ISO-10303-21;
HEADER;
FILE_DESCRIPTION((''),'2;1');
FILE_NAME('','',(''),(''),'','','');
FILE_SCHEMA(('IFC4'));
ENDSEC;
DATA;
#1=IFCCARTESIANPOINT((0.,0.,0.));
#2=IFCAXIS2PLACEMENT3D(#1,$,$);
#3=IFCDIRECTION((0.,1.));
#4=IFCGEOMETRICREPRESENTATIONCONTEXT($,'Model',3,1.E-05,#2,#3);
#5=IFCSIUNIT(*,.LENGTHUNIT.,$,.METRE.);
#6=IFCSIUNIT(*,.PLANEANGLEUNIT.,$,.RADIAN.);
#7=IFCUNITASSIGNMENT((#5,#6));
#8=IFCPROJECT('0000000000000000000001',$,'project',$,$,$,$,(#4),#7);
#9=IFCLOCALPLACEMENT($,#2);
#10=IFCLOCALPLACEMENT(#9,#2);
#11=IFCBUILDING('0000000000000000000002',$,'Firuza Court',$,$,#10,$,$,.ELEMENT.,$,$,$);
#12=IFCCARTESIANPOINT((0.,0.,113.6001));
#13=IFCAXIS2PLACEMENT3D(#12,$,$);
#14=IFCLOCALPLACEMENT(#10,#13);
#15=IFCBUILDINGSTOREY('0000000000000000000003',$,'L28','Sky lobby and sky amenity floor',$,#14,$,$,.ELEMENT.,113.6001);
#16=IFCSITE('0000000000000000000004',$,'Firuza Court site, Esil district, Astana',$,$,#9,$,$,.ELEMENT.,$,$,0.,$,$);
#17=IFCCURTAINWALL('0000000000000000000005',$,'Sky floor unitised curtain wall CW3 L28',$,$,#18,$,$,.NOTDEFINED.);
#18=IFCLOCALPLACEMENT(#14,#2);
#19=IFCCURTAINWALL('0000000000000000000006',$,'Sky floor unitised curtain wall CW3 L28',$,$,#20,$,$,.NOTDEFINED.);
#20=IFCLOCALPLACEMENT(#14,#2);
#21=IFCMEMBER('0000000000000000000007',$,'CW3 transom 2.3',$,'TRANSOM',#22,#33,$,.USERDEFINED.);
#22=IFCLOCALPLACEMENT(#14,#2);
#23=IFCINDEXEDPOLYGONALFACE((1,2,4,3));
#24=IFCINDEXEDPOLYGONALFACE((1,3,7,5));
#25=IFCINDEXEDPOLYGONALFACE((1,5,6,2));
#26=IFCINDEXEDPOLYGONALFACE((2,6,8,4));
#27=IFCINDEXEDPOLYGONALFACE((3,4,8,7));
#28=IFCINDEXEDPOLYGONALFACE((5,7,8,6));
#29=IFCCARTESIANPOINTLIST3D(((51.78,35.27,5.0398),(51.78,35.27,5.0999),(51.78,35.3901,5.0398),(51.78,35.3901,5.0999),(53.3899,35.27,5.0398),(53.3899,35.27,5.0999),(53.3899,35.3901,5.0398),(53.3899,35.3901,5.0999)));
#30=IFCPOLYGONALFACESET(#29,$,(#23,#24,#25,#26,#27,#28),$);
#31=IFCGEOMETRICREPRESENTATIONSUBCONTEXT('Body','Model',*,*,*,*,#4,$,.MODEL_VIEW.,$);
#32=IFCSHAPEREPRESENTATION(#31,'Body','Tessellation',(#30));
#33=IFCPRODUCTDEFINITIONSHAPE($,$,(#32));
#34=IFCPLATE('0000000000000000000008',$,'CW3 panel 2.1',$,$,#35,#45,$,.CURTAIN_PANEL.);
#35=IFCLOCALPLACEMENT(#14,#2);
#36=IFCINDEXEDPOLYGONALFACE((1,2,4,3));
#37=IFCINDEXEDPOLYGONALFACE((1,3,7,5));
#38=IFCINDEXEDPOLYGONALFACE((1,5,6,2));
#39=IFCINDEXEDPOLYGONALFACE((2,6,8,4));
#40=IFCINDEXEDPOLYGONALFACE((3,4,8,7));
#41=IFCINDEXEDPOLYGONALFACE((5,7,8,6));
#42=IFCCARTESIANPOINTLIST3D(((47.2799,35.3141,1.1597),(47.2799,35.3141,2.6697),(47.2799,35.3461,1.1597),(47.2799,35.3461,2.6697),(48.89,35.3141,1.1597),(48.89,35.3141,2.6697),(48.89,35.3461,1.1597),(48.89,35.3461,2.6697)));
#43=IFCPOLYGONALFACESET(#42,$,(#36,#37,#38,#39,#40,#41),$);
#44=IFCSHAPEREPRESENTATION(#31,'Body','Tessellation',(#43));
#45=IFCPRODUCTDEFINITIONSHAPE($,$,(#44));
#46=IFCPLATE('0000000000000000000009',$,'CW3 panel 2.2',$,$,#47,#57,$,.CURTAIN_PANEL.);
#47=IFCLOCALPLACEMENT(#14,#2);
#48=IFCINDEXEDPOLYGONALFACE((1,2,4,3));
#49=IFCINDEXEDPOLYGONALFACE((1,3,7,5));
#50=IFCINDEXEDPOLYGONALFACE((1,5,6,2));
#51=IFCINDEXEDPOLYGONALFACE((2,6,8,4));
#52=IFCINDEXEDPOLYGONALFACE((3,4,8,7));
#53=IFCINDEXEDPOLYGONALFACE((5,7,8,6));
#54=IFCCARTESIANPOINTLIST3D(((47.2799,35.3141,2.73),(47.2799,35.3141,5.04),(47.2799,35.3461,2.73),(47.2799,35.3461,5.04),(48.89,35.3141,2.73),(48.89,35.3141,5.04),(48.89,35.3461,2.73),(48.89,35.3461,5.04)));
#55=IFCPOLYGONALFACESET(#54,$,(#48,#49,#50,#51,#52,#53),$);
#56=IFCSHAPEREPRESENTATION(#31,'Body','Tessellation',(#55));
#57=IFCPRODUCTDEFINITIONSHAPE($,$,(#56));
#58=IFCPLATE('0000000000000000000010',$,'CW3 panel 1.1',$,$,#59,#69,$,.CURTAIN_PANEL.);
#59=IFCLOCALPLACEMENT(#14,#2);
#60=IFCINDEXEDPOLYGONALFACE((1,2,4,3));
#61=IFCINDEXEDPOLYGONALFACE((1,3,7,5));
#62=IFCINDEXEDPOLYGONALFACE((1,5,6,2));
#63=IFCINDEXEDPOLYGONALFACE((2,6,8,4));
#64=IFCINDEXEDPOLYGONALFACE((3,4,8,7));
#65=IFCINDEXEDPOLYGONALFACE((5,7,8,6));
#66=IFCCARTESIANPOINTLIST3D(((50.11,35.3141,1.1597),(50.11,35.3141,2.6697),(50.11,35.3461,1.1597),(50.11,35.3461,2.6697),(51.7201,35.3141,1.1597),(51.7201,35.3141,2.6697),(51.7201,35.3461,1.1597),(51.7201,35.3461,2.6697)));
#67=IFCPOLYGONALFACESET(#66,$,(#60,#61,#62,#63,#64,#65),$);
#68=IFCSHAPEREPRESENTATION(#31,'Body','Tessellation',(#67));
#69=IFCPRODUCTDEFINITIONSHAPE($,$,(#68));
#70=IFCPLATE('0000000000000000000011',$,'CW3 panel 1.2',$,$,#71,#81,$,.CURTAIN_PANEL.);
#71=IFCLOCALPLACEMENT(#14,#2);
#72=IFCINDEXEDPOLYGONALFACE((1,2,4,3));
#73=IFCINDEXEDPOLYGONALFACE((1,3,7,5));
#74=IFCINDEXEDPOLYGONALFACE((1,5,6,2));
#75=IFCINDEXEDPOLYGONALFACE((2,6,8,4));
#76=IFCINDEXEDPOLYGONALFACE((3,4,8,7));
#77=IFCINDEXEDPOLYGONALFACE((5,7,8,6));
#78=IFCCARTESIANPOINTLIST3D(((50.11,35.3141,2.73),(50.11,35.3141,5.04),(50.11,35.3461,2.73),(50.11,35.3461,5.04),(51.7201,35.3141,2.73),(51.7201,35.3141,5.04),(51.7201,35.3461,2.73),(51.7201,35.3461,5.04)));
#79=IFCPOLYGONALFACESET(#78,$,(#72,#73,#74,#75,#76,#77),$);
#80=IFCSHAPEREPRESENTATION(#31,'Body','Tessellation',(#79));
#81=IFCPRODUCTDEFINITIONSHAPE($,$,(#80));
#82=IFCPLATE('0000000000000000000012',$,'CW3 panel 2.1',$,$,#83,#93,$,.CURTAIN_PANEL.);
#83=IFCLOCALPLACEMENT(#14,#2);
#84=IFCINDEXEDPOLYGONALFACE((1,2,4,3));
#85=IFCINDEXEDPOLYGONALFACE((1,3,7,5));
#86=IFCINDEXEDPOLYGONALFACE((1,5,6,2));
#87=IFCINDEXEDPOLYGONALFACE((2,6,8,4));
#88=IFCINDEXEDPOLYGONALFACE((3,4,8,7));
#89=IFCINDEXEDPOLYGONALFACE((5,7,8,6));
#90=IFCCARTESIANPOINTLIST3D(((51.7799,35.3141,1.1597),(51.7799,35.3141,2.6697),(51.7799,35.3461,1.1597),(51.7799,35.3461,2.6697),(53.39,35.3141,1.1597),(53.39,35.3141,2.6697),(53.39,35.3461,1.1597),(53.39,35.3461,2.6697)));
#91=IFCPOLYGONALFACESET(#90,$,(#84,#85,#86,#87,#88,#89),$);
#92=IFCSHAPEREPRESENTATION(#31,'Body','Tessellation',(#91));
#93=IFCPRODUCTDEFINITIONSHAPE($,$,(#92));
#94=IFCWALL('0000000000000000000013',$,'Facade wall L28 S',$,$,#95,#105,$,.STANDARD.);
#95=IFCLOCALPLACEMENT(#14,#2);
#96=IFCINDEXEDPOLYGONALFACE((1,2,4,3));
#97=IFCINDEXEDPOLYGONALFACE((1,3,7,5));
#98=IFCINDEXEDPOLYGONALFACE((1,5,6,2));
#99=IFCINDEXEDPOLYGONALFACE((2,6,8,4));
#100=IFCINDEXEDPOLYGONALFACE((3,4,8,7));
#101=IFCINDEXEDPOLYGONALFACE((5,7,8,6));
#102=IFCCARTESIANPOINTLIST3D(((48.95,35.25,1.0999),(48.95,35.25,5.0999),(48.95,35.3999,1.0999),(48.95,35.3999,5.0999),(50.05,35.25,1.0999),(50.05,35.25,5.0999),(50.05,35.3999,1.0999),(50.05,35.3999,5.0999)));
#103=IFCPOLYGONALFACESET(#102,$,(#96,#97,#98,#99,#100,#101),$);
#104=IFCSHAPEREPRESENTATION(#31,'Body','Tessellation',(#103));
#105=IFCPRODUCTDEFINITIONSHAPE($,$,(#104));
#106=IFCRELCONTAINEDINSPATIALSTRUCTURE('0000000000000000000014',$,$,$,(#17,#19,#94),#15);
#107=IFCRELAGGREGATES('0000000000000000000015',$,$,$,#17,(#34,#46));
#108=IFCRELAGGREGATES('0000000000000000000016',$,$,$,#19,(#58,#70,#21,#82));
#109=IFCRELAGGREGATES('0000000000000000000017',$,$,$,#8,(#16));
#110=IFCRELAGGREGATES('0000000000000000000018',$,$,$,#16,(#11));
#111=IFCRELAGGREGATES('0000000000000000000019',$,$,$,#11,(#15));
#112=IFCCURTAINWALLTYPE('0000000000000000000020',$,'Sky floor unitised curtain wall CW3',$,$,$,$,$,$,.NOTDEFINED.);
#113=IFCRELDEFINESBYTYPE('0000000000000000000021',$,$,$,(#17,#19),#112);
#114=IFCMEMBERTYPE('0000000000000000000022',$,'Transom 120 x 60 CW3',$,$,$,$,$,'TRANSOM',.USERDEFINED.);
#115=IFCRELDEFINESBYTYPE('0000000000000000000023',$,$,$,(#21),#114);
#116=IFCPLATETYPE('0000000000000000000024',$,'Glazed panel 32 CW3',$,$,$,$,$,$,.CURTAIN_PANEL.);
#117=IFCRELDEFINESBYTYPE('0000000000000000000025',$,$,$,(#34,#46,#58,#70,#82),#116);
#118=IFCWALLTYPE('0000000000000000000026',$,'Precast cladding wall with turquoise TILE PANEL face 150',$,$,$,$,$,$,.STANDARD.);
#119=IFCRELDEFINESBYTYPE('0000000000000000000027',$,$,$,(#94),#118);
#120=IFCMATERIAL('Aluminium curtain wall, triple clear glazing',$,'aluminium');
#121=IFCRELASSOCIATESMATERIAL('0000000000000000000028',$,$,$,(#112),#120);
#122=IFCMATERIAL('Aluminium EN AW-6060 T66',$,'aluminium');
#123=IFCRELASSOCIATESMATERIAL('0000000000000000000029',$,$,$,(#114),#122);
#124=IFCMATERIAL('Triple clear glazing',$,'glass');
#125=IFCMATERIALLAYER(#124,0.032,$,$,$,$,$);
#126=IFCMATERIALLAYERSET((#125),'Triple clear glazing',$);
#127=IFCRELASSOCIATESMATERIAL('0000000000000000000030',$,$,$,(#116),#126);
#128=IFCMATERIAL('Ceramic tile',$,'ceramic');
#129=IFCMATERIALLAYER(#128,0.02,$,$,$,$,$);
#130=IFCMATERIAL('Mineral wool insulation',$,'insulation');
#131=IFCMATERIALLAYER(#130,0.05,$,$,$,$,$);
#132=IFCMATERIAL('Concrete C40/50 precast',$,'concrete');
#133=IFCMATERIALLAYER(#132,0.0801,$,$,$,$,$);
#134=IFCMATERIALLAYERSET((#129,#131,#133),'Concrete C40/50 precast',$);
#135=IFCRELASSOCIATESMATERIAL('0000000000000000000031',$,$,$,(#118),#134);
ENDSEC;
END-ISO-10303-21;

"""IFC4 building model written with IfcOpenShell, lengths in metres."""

from ifc_helpers import new_model, si_unit, direction, frame, frame_2d, origin, origin_2d, place, context, subcontext, project, spatial, rectangle, extrude, material, layer, layer_set, material_profile, profile_set, type_object, element, aggregate, save


model = new_model("IFC4")

# Units and contexts
model_context = context("Model", 3, precision=1e-05, world=origin(), true_north=direction((0.0, 1.0)))
body_context = subcontext(model_context, "Body", "Model", "MODEL_VIEW")
ifc_project = project(units=[si_unit("LENGTHUNIT", "METRE"), si_unit("PLANEANGLEUNIT", "RADIAN")], contexts=[model_context])

# Site, building, storey
site_placement = place(None, origin())
site = spatial("IfcSite", under=ifc_project, at=site_placement, Name="Firuza Court site, Esil district, Astana", CompositionType="ELEMENT", RefElevation=0.0)
building_placement = place(site_placement, origin())
building = spatial("IfcBuilding", under=site, at=building_placement, Name="Firuza Court", CompositionType="ELEMENT")
storey_placement = place(building_placement, frame((0.0, 0.0, 113.6001)))
storey = spatial("IfcBuildingStorey", under=building, at=storey_placement, Name="L28", Description="Sky lobby and sky amenity floor", CompositionType="ELEMENT", Elevation=113.6001)

# Curtain walls
ifc_material_1 = material(Name="Aluminium curtain wall, triple clear glazing", Category="aluminium")
curtain_wall_type = type_object("IfcCurtainWallType", Name="Sky floor unitised curtain wall CW3", PredefinedType="NOTDEFINED", material=ifc_material_1)
curtain_wall_1_placement = place(storey_placement, origin())
curtain_wall_1 = element("IfcCurtainWall", 1, at=curtain_wall_1_placement, inside=storey, type_object=curtain_wall_type, Name="Sky floor unitised curtain wall CW3 L28", PredefinedType="NOTDEFINED")
curtain_wall_2_placement = place(storey_placement, origin())
curtain_wall_2 = element("IfcCurtainWall", 2, at=curtain_wall_2_placement, inside=storey, type_object=curtain_wall_type, Name="Sky floor unitised curtain wall CW3 L28", PredefinedType="NOTDEFINED")

# Member
ifc_material_2 = material(Name="Aluminium EN AW-6060 T66", Category="aluminium")
ifc_material_profile_1 = material_profile(ifc_material_2, rectangle(XDim=0.1201, YDim=0.0601, at=origin_2d()), Name="Transom 120 x 60 CW3")
ifc_profile_set_1 = profile_set([ifc_material_profile_1], Name="Aluminium EN AW-6060 T66")
member_type_1 = type_object("IfcMemberType", Name="Transom 120 x 60 CW3", ElementType="TRANSOM", PredefinedType="USERDEFINED", material=ifc_profile_set_1)
member_1_placement = place(storey_placement, frame((51.78, 35.3301, 5.0698), z_axis=(1.0, 0.0, 0.0), x_axis=(0.0, 1.0, 0.0)))
member_1 = element("IfcMember", 3, at=member_1_placement, type_object=member_type_1, Name="CW3 transom 2.3", ObjectType="TRANSOM", PredefinedType="USERDEFINED", context=body_context, shape_type="SweptSolid", body=[
    extrude(rectangle(XDim=0.1201, YDim=0.0601, at=origin_2d()), origin(), (0.0, 0.0, 1.0), 1.6099),
])

# Plates
ifc_material_3 = material(Name="Triple clear glazing", Category="glass")
ifc_layer_1 = layer(ifc_material_3, 0.032)
ifc_layer_set_1 = layer_set([ifc_layer_1], Name="Triple clear glazing")
plate_type = type_object("IfcPlateType", Name="Glazed panel 32 CW3", PredefinedType="CURTAIN_PANEL", material=ifc_layer_set_1)
plate_1_placement = place(storey_placement, frame((48.085, 35.3301, 1.1597), z_axis=(0.0, 0.0, 1.0), x_axis=(1.0, 0.0, 0.0)))
plate_1 = element("IfcPlate", 4, at=plate_1_placement, type_object=plate_type, Name="CW3 panel 2.1", PredefinedType="CURTAIN_PANEL", context=body_context, shape_type="SweptSolid", body=[
    extrude(rectangle(XDim=1.6101, YDim=0.032, at=origin_2d()), origin(), (0.0, 0.0, 1.0), 1.51),
])
plate_2_placement = place(storey_placement, frame((48.085, 35.3301, 2.73), z_axis=(0.0, 0.0, 1.0), x_axis=(1.0, 0.0, 0.0)))
plate_2 = element("IfcPlate", 5, at=plate_2_placement, type_object=plate_type, Name="CW3 panel 2.2", PredefinedType="CURTAIN_PANEL", context=body_context, shape_type="SweptSolid", body=[
    extrude(rectangle(XDim=1.6101, YDim=0.032, at=origin_2d()), origin(), (0.0, 0.0, 1.0), 2.3101),
])
aggregate(curtain_wall_1, [plate_1, plate_2])
plate_3_placement = place(storey_placement, frame((50.915, 35.3301, 1.1597), z_axis=(0.0, 0.0, 1.0), x_axis=(1.0, 0.0, 0.0)))
plate_3 = element("IfcPlate", 6, at=plate_3_placement, type_object=plate_type, Name="CW3 panel 1.1", PredefinedType="CURTAIN_PANEL", context=body_context, shape_type="SweptSolid", body=[
    extrude(rectangle(XDim=1.6101, YDim=0.032, at=origin_2d()), origin(), (0.0, 0.0, 1.0), 1.51),
])
plate_4_placement = place(storey_placement, frame((50.915, 35.3301, 2.73), z_axis=(0.0, 0.0, 1.0), x_axis=(1.0, 0.0, 0.0)))
plate_4 = element("IfcPlate", 7, at=plate_4_placement, type_object=plate_type, Name="CW3 panel 1.2", PredefinedType="CURTAIN_PANEL", context=body_context, shape_type="SweptSolid", body=[
    extrude(rectangle(XDim=1.6101, YDim=0.032, at=origin_2d()), origin(), (0.0, 0.0, 1.0), 2.3101),
])
plate_5_placement = place(storey_placement, frame((52.585, 35.3301, 1.1597), z_axis=(0.0, 0.0, 1.0), x_axis=(1.0, 0.0, 0.0)))
plate_5 = element("IfcPlate", 8, at=plate_5_placement, type_object=plate_type, Name="CW3 panel 2.1", PredefinedType="CURTAIN_PANEL", context=body_context, shape_type="SweptSolid", body=[
    extrude(rectangle(XDim=1.6101, YDim=0.032, at=origin_2d()), origin(), (0.0, 0.0, 1.0), 1.51),
])
aggregate(curtain_wall_2, [plate_3, plate_4, member_1, plate_5])

# Wall
ifc_material_4 = material(Name="Ceramic tile", Category="ceramic")
ifc_layer_2 = layer(ifc_material_4, 0.02)
ifc_material_5 = material(Name="Mineral wool insulation", Category="insulation")
ifc_layer_3 = layer(ifc_material_5, 0.05)
ifc_material_6 = material(Name="Concrete C40/50 precast", Category="concrete")
ifc_layer_4 = layer(ifc_material_6, 0.0801)
ifc_layer_set_2 = layer_set([ifc_layer_2, ifc_layer_3, ifc_layer_4], Name="Concrete C40/50 precast")
wall_type = type_object("IfcWallType", Name="Precast cladding wall with turquoise TILE PANEL face 150", PredefinedType="STANDARD", material=ifc_layer_set_2)
wall_placement = place(storey_placement, frame((48.95, 35.325, 1.0999), z_axis=(0.0, 0.0, 1.0), x_axis=(1.0, 0.0, 0.0)))
element("IfcWall", 9, at=wall_placement, inside=storey, type_object=wall_type, Name="Facade wall L28 S", PredefinedType="STANDARD", context=body_context, shape_type="SweptSolid", body=[
    extrude(rectangle(XDim=1.1001, YDim=0.1499, at=frame_2d((0.55, 0.0))), origin(), (0.0, 0.0, 1.0), 4.0),
])

save(model, "model.ifc")
